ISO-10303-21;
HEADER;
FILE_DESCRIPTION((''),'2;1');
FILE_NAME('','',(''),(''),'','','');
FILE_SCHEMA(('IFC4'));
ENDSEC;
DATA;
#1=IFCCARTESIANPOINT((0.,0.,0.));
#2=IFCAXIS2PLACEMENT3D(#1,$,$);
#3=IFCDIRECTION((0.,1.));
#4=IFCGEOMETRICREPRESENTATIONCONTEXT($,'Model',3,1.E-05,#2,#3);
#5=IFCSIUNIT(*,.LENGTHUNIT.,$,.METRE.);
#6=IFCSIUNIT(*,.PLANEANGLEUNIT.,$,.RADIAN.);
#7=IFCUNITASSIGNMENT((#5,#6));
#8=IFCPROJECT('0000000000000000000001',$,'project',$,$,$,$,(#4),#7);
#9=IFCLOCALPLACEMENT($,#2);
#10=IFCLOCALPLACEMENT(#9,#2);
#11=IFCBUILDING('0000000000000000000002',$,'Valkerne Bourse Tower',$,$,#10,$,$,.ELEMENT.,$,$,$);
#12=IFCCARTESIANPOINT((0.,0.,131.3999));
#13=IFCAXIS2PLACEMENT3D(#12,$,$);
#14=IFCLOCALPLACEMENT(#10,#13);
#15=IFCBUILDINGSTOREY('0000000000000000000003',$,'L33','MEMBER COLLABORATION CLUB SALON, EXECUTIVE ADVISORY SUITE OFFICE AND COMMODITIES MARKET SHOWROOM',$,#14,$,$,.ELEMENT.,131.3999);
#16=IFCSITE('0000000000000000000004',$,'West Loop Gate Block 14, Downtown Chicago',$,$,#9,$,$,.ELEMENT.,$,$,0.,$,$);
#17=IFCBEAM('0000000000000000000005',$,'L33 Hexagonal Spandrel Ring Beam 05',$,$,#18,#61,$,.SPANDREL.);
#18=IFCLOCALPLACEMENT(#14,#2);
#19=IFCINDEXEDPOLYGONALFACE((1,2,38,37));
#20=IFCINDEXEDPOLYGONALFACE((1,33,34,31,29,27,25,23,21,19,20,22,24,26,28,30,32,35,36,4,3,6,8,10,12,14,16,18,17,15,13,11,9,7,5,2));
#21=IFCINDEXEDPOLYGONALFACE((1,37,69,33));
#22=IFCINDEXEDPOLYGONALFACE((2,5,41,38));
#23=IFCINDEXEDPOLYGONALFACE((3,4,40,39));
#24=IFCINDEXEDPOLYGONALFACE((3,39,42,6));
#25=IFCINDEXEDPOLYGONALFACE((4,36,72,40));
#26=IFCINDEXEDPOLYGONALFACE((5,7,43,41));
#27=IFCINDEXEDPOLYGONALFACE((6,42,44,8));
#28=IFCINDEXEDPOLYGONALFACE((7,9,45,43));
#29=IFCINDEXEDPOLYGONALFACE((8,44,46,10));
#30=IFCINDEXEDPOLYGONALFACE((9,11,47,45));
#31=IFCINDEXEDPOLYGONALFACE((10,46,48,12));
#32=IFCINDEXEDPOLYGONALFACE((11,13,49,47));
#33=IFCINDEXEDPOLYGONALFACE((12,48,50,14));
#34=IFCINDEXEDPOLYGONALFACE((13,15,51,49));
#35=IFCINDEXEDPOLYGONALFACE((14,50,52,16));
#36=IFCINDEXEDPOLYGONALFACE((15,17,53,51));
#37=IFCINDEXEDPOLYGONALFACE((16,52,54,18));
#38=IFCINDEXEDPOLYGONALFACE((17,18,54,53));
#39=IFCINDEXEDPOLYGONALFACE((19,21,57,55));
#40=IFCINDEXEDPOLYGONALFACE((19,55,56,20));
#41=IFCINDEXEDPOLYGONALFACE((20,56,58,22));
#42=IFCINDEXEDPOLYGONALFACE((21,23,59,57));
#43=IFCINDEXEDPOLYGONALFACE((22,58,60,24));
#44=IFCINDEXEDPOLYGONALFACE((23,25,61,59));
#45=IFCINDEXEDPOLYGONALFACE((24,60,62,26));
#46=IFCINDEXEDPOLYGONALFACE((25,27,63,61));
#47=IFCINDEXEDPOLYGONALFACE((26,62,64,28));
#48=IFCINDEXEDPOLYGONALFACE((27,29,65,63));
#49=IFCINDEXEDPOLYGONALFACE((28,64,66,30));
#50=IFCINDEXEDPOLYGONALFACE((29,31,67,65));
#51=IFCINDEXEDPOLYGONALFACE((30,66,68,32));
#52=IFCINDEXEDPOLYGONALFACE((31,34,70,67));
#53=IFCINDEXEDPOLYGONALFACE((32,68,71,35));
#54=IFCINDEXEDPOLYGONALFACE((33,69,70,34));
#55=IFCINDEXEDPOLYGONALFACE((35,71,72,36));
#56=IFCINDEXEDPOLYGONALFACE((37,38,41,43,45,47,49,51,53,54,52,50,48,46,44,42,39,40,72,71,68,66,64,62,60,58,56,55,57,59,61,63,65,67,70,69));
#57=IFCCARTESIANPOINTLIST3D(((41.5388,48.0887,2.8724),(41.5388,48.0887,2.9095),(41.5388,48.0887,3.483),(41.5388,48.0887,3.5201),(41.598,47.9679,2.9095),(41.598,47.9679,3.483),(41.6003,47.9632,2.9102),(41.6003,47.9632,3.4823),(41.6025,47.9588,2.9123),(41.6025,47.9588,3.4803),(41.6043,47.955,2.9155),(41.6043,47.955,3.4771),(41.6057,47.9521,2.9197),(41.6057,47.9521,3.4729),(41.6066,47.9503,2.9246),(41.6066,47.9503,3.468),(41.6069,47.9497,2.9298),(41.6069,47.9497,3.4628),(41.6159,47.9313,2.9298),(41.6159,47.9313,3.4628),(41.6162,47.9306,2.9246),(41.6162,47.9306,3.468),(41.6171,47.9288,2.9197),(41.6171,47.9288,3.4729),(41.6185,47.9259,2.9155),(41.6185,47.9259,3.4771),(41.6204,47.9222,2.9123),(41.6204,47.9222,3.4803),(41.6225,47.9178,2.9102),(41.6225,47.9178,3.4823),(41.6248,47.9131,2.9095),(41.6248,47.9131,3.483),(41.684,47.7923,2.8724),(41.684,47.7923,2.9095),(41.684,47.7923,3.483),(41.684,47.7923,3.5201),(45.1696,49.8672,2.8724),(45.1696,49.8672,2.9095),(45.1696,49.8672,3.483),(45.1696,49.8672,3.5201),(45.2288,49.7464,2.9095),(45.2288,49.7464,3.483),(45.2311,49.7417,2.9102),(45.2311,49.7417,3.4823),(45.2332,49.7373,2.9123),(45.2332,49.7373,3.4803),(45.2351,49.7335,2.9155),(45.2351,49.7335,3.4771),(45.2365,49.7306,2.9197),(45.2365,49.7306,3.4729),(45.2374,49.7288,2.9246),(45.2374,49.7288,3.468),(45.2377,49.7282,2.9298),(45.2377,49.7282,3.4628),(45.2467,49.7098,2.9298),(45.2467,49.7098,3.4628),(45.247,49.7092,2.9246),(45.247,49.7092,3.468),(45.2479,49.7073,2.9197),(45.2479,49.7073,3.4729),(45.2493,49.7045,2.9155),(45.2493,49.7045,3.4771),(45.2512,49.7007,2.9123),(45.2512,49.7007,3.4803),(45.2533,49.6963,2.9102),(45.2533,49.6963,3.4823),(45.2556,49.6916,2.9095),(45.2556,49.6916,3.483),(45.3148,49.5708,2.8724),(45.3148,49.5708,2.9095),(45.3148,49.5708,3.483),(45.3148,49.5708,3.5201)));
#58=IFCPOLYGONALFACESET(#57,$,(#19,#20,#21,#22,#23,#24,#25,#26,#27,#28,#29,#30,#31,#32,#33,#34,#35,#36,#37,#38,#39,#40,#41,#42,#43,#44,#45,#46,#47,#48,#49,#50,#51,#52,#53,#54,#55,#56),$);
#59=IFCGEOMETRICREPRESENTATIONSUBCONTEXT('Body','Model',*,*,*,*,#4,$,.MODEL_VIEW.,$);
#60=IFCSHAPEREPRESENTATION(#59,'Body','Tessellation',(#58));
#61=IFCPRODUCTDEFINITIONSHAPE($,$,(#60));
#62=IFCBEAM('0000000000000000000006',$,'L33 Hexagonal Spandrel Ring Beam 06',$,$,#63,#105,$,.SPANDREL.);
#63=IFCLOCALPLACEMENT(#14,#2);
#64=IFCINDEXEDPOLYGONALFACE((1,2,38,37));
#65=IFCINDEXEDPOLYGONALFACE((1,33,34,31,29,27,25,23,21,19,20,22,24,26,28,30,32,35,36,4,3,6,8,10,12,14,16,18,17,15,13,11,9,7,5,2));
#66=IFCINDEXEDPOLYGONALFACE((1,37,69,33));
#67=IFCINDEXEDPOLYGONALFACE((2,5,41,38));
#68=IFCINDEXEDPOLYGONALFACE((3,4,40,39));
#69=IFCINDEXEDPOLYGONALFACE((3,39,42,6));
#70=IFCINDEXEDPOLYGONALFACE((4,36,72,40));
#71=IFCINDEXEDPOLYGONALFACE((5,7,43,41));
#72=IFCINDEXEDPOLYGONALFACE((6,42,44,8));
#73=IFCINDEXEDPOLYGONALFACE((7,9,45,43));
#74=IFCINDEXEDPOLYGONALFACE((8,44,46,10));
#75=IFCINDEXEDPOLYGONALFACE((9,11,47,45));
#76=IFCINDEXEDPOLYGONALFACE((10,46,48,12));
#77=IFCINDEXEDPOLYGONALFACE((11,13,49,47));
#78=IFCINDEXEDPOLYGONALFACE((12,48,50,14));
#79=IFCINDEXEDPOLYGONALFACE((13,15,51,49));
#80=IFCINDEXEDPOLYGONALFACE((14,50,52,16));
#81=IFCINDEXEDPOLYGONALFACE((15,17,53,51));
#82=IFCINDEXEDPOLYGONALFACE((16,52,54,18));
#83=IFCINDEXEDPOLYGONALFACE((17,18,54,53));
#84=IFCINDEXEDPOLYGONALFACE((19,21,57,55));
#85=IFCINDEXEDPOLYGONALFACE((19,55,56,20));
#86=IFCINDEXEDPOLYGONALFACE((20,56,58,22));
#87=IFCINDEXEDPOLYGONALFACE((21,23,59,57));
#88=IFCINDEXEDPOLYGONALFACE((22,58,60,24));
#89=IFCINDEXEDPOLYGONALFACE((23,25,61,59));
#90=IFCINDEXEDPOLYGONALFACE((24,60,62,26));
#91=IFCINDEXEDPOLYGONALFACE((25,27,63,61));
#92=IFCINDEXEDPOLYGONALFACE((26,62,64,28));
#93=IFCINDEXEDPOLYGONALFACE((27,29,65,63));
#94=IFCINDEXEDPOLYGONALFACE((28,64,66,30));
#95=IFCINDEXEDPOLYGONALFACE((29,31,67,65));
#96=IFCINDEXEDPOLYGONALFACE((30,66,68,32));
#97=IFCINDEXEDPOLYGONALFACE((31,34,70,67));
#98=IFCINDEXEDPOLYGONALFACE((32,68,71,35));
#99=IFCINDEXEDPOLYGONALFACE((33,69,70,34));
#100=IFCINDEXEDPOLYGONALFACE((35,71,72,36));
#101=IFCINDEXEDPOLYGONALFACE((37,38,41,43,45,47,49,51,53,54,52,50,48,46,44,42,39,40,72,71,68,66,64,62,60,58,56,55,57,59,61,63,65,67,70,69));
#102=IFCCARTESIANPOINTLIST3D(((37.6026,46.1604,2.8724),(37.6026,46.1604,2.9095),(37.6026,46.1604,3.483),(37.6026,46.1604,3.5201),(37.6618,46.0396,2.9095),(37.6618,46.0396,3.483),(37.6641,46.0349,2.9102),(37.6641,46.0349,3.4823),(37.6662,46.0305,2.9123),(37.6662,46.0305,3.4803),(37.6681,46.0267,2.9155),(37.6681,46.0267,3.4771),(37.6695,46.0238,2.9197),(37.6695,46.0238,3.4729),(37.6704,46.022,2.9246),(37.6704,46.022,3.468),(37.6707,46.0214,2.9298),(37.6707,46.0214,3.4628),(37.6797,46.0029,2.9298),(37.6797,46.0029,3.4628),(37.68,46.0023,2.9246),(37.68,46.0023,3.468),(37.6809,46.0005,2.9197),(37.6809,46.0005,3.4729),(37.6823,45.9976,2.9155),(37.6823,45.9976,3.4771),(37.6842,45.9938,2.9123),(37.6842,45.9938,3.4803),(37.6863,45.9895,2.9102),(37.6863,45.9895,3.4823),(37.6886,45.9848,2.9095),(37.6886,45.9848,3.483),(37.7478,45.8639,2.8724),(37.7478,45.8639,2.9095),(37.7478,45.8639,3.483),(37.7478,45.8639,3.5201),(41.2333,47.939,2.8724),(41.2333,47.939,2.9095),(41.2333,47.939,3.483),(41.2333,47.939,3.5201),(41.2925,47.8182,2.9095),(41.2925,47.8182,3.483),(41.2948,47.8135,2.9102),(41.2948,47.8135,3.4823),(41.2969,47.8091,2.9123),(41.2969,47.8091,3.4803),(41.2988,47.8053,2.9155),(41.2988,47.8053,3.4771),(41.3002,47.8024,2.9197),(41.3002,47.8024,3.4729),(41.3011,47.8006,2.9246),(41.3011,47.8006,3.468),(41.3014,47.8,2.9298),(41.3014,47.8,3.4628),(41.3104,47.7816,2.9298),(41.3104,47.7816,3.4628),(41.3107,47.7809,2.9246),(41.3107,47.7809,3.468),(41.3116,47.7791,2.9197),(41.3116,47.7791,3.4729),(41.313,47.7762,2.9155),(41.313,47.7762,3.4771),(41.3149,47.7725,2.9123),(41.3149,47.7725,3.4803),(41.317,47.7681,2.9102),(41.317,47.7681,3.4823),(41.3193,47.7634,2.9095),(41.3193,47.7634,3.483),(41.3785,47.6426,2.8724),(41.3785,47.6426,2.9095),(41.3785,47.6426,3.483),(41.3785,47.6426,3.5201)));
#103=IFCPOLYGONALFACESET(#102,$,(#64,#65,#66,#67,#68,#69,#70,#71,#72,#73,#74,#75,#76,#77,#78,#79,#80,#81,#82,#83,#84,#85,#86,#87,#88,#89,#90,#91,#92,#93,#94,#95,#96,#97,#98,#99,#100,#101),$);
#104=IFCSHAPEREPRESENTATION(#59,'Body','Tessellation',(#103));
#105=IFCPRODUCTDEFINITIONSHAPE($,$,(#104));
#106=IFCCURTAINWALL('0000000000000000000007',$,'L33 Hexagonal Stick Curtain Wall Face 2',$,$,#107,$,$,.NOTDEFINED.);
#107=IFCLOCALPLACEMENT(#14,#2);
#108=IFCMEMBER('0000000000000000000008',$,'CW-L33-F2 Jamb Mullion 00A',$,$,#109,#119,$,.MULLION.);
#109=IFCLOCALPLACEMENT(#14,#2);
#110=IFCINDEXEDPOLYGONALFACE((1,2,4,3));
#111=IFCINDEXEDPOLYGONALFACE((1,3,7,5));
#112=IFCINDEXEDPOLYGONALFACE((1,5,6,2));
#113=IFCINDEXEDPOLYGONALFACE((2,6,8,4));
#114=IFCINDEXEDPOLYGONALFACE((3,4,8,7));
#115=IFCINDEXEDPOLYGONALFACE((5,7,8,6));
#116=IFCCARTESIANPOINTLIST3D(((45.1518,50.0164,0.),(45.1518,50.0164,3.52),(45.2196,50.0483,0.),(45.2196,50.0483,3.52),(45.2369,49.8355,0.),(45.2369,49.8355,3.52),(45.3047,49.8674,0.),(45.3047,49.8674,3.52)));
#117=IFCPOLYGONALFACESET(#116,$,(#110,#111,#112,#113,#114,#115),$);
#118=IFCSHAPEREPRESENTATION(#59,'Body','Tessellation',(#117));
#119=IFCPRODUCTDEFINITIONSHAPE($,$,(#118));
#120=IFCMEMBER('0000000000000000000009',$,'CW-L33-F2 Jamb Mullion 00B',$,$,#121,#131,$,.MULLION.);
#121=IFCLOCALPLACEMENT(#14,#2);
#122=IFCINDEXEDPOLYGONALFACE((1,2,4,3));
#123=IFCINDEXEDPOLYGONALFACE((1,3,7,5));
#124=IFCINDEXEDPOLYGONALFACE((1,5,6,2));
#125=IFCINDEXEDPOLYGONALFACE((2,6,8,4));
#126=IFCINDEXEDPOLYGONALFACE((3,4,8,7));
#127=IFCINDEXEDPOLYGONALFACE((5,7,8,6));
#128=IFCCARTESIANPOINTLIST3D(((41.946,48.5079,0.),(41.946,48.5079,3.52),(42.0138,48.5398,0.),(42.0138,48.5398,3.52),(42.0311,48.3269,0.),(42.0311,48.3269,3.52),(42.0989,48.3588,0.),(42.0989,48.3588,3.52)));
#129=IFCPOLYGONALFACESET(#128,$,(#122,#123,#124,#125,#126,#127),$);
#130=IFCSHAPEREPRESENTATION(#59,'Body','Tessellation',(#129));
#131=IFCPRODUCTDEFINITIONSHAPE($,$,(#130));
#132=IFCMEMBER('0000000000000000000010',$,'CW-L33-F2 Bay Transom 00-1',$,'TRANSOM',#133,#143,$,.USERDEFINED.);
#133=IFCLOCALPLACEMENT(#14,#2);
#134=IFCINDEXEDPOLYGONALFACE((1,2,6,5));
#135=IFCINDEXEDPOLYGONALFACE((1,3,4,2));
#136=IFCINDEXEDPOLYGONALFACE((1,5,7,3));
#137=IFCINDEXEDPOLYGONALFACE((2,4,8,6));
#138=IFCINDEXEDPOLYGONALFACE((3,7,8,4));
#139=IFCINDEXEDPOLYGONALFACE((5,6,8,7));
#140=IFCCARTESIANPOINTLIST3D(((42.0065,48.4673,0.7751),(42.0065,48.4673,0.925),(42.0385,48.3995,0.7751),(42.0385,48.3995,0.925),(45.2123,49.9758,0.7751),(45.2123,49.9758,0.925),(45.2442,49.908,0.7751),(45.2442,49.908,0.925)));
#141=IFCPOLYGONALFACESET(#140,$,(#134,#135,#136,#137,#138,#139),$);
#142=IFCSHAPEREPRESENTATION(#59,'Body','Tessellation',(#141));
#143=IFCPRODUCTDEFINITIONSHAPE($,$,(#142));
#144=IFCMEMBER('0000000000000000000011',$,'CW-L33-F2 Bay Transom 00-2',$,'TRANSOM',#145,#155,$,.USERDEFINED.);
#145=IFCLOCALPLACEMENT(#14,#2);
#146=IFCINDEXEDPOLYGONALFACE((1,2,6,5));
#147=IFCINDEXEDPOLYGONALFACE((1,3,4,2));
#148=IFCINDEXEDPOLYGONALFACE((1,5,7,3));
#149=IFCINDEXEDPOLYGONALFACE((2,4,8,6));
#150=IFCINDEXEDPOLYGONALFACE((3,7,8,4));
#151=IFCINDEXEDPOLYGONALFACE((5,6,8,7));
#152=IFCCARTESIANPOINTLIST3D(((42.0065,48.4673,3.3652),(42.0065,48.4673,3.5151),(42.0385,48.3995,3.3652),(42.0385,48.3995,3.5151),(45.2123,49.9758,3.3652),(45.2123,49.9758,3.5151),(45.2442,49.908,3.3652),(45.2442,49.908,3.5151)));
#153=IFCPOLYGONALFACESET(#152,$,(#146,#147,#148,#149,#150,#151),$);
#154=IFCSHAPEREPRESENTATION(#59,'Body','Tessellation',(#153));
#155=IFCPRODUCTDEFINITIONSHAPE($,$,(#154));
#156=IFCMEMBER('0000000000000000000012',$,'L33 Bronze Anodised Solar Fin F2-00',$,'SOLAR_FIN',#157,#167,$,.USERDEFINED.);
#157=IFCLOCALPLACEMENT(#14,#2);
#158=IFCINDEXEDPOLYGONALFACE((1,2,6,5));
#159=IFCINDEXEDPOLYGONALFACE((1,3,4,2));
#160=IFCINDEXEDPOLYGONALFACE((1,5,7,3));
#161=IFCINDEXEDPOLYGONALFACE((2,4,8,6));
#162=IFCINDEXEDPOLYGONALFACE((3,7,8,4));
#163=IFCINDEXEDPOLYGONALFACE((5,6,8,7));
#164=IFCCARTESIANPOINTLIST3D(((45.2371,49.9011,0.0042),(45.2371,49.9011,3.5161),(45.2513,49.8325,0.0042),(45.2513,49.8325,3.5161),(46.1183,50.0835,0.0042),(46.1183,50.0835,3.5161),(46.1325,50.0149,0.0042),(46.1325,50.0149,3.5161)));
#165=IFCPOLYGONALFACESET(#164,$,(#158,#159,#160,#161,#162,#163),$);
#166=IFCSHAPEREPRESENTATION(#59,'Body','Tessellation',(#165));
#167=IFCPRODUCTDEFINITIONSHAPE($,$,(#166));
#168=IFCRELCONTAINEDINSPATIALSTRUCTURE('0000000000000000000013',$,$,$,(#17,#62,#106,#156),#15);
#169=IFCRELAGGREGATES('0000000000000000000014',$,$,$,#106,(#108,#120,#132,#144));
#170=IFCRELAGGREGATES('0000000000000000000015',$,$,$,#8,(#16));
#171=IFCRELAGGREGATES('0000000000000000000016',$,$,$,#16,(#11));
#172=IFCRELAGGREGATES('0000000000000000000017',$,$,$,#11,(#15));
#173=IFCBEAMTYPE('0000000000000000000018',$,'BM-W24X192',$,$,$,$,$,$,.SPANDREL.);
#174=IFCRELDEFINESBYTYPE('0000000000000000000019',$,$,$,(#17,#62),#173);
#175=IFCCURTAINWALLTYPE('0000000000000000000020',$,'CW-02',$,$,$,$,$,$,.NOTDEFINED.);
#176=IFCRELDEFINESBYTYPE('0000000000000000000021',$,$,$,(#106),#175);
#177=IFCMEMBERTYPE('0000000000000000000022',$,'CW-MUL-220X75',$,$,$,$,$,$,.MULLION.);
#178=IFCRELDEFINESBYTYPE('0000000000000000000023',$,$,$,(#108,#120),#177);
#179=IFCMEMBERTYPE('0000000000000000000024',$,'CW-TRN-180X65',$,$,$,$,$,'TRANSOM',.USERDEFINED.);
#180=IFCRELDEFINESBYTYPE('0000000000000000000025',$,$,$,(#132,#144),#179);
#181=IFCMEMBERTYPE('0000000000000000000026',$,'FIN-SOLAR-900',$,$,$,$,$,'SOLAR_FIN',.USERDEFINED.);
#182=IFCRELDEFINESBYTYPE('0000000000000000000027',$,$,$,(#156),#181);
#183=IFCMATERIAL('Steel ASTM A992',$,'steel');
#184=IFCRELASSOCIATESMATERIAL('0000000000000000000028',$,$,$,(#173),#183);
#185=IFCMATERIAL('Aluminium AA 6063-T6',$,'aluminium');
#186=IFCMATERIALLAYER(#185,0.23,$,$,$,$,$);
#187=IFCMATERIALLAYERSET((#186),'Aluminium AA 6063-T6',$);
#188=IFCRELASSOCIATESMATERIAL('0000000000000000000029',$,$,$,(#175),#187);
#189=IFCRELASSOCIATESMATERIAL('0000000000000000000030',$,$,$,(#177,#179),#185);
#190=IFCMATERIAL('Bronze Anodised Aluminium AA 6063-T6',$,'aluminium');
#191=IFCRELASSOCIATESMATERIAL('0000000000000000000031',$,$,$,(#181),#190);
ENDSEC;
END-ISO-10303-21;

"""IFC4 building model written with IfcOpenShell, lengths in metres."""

from ifc_helpers import new_model, si_unit, direction, frame, origin, origin_2d, place, context, subcontext, project, spatial, rectangle, i_section, extrude, material, layer, layer_set, material_profile, profile_set, type_object, element, aggregate, save


model = new_model("IFC4")

# Units and contexts
model_context = context("Model", 3, precision=1e-05, world=origin(), true_north=direction((0.0, 1.0)))
body_context = subcontext(model_context, "Body", "Model", "MODEL_VIEW")
ifc_project = project(units=[si_unit("LENGTHUNIT", "METRE"), si_unit("PLANEANGLEUNIT", "RADIAN")], contexts=[model_context])

# Site, building, storey
site_placement = place(None, origin())
site = spatial("IfcSite", under=ifc_project, at=site_placement, Name="West Loop Gate Block 14, Downtown Chicago", CompositionType="ELEMENT", RefElevation=0.0)
building_placement = place(site_placement, origin())
building = spatial("IfcBuilding", under=site, at=building_placement, Name="Valkerne Bourse Tower", CompositionType="ELEMENT")
storey_placement = place(building_placement, frame((0.0, 0.0, 131.3999)))
storey = spatial("IfcBuildingStorey", under=building, at=storey_placement, Name="L33", Description="MEMBER COLLABORATION CLUB SALON, EXECUTIVE ADVISORY SUITE OFFICE AND COMMODITIES MARKET SHOWROOM", CompositionType="ELEMENT", Elevation=131.3999)

# Beams
ifc_material_1 = material(Name="Steel ASTM A992", Category="steel")
ifc_material_profile_1 = material_profile(ifc_material_1, i_section(OverallWidth=0.3301, OverallDepth=0.6477, WebThickness=0.0205, FlangeThickness=0.0371, FilletRadius=0.0203, at=origin_2d()), Name="W24X192")
ifc_profile_set_1 = profile_set([ifc_material_profile_1], Name="Steel ASTM A992")
beam_type_1 = type_object("IfcBeamType", Name="BM-W24X192", PredefinedType="SPANDREL", material=ifc_profile_set_1)
for number, where, z_axis, x_axis, name in (
    (1, (45.2422, 49.719, 3.1963), (-0.898045, -0.439904, 0.0), (0.439904, -0.898045, 0.0), "L33 Hexagonal Spandrel Ring Beam 05"),
    (2, (41.3059, 47.7908, 3.1963), (-0.898033, -0.439928, 0.0), (0.439928, -0.898033, 0.0), "L33 Hexagonal Spandrel Ring Beam 06"),
):
    element("IfcBeam", number, at=place(storey_placement, frame(where, z_axis=z_axis, x_axis=x_axis)), inside=storey, type_object=beam_type_1, Name=name, PredefinedType="SPANDREL", context=body_context, shape_type="SweptSolid", body=[
        extrude(i_section(OverallWidth=0.3301, OverallDepth=0.6477, WebThickness=0.0205, FlangeThickness=0.0371, FilletRadius=0.0203, at=origin_2d()), origin(), (0.0, 0.0, 1.0), 4.043),
    ])

# Curtain wall, members
ifc_material_2 = material(Name="Aluminium AA 6063-T6", Category="aluminium")
ifc_layer_1 = layer(ifc_material_2, 0.23)
ifc_layer_set_1 = layer_set([ifc_layer_1], Name="Aluminium AA 6063-T6")
curtain_wall_type = type_object("IfcCurtainWallType", Name="CW-02", PredefinedType="NOTDEFINED", material=ifc_layer_set_1)
curtain_wall_placement = place(storey_placement, origin())
curtain_wall = element("IfcCurtainWall", 3, at=curtain_wall_placement, inside=storey, type_object=curtain_wall_type, Name="L33 Hexagonal Stick Curtain Wall Face 2", PredefinedType="NOTDEFINED")
ifc_material_profile_2 = material_profile(ifc_material_2, rectangle(XDim=0.075, YDim=0.2, at=origin_2d()), Name="CWM-75X200")
ifc_profile_set_2 = profile_set([ifc_material_profile_2], Name="Aluminium AA 6063-T6")
member_type_1 = type_object("IfcMemberType", Name="CW-MUL-220X75", PredefinedType="MULLION", material=ifc_profile_set_2)
member_1_placement = place(storey_placement, frame((45.2283, 49.9419, 0.0), z_axis=(0.0, 0.0, 1.0), x_axis=(-0.904828, -0.425777, 0.0)))
member_1 = element("IfcMember", 4, at=member_1_placement, type_object=member_type_1, Name="CW-L33-F2 Jamb Mullion 00A", PredefinedType="MULLION", context=body_context, shape_type="SweptSolid", body=[
    extrude(rectangle(XDim=0.075, YDim=0.2, at=origin_2d()), origin(), (0.0, 0.0, 1.0), 3.52),
])
member_2_placement = place(storey_placement, frame((42.0225, 48.4333, 0.0), z_axis=(0.0, 0.0, 1.0), x_axis=(-0.904828, -0.425777, 0.0)))
member_2 = element("IfcMember", 5, at=member_2_placement, type_object=member_type_1, Name="CW-L33-F2 Jamb Mullion 00B", PredefinedType="MULLION", context=body_context, shape_type="SweptSolid", body=[
    extrude(rectangle(XDim=0.075, YDim=0.2, at=origin_2d()), origin(), (0.0, 0.0, 1.0), 3.52),
])
ifc_material_profile_3 = material_profile(ifc_material_2, rectangle(XDim=0.075, YDim=0.1499, at=origin_2d()), Name="CWT-75X150")
ifc_profile_set_3 = profile_set([ifc_material_profile_3], Name="Aluminium AA 6063-T6")
member_type_2 = type_object("IfcMemberType", Name="CW-TRN-180X65", ElementType="TRANSOM", PredefinedType="USERDEFINED", material=ifc_profile_set_3)
member_3_placement = place(storey_placement, frame((45.2283, 49.9419, 0.8501), z_axis=(-0.904827, -0.42578, 0.0), x_axis=(0.42578, -0.904827, 0.0)))
member_3 = element("IfcMember", 6, at=member_3_placement, type_object=member_type_2, Name="CW-L33-F2 Bay Transom 00-1", ObjectType="TRANSOM", PredefinedType="USERDEFINED", context=body_context, shape_type="SweptSolid", body=[
    extrude(rectangle(XDim=0.075, YDim=0.1499, at=origin_2d()), origin(), (0.0, 0.0, 1.0), 3.543),
])
member_4_placement = place(storey_placement, frame((45.2283, 49.9419, 3.4402), z_axis=(-0.904827, -0.42578, 0.0), x_axis=(0.42578, -0.904827, 0.0)))
member_4 = element("IfcMember", 7, at=member_4_placement, type_object=member_type_2, Name="CW-L33-F2 Bay Transom 00-2", ObjectType="TRANSOM", PredefinedType="USERDEFINED", context=body_context, shape_type="SweptSolid", body=[
    extrude(rectangle(XDim=0.075, YDim=0.1499, at=origin_2d()), origin(), (0.0, 0.0, 1.0), 3.543),
])

# Member
ifc_material_3 = material(Name="Bronze Anodised Aluminium AA 6063-T6", Category="aluminium")
ifc_material_profile_4 = material_profile(ifc_material_3, rectangle(XDim=0.0701, YDim=0.8999, at=origin_2d()), Name="FIN-70X900")
ifc_profile_set_4 = profile_set([ifc_material_profile_4], Name="Bronze Anodised Aluminium AA 6063-T6")
member_type_3 = type_object("IfcMemberType", Name="FIN-SOLAR-900", ElementType="SOLAR_FIN", PredefinedType="USERDEFINED", material=ifc_profile_set_4)
member_5_placement = place(storey_placement, frame((45.6848, 49.958, 0.0042), z_axis=(0.0, 0.0, 1.0), x_axis=(-0.20272, 0.979237, 0.0)))
element("IfcMember", 8, at=member_5_placement, inside=storey, type_object=member_type_3, Name="L33 Bronze Anodised Solar Fin F2-00", ObjectType="SOLAR_FIN", PredefinedType="USERDEFINED", context=body_context, shape_type="SweptSolid", body=[
    extrude(rectangle(XDim=0.0701, YDim=0.8999, at=origin_2d()), origin(), (0.0, 0.0, 1.0), 3.512),
])

aggregate(curtain_wall, [member_1, member_2, member_3, member_4])

save(model, "model.ifc")
